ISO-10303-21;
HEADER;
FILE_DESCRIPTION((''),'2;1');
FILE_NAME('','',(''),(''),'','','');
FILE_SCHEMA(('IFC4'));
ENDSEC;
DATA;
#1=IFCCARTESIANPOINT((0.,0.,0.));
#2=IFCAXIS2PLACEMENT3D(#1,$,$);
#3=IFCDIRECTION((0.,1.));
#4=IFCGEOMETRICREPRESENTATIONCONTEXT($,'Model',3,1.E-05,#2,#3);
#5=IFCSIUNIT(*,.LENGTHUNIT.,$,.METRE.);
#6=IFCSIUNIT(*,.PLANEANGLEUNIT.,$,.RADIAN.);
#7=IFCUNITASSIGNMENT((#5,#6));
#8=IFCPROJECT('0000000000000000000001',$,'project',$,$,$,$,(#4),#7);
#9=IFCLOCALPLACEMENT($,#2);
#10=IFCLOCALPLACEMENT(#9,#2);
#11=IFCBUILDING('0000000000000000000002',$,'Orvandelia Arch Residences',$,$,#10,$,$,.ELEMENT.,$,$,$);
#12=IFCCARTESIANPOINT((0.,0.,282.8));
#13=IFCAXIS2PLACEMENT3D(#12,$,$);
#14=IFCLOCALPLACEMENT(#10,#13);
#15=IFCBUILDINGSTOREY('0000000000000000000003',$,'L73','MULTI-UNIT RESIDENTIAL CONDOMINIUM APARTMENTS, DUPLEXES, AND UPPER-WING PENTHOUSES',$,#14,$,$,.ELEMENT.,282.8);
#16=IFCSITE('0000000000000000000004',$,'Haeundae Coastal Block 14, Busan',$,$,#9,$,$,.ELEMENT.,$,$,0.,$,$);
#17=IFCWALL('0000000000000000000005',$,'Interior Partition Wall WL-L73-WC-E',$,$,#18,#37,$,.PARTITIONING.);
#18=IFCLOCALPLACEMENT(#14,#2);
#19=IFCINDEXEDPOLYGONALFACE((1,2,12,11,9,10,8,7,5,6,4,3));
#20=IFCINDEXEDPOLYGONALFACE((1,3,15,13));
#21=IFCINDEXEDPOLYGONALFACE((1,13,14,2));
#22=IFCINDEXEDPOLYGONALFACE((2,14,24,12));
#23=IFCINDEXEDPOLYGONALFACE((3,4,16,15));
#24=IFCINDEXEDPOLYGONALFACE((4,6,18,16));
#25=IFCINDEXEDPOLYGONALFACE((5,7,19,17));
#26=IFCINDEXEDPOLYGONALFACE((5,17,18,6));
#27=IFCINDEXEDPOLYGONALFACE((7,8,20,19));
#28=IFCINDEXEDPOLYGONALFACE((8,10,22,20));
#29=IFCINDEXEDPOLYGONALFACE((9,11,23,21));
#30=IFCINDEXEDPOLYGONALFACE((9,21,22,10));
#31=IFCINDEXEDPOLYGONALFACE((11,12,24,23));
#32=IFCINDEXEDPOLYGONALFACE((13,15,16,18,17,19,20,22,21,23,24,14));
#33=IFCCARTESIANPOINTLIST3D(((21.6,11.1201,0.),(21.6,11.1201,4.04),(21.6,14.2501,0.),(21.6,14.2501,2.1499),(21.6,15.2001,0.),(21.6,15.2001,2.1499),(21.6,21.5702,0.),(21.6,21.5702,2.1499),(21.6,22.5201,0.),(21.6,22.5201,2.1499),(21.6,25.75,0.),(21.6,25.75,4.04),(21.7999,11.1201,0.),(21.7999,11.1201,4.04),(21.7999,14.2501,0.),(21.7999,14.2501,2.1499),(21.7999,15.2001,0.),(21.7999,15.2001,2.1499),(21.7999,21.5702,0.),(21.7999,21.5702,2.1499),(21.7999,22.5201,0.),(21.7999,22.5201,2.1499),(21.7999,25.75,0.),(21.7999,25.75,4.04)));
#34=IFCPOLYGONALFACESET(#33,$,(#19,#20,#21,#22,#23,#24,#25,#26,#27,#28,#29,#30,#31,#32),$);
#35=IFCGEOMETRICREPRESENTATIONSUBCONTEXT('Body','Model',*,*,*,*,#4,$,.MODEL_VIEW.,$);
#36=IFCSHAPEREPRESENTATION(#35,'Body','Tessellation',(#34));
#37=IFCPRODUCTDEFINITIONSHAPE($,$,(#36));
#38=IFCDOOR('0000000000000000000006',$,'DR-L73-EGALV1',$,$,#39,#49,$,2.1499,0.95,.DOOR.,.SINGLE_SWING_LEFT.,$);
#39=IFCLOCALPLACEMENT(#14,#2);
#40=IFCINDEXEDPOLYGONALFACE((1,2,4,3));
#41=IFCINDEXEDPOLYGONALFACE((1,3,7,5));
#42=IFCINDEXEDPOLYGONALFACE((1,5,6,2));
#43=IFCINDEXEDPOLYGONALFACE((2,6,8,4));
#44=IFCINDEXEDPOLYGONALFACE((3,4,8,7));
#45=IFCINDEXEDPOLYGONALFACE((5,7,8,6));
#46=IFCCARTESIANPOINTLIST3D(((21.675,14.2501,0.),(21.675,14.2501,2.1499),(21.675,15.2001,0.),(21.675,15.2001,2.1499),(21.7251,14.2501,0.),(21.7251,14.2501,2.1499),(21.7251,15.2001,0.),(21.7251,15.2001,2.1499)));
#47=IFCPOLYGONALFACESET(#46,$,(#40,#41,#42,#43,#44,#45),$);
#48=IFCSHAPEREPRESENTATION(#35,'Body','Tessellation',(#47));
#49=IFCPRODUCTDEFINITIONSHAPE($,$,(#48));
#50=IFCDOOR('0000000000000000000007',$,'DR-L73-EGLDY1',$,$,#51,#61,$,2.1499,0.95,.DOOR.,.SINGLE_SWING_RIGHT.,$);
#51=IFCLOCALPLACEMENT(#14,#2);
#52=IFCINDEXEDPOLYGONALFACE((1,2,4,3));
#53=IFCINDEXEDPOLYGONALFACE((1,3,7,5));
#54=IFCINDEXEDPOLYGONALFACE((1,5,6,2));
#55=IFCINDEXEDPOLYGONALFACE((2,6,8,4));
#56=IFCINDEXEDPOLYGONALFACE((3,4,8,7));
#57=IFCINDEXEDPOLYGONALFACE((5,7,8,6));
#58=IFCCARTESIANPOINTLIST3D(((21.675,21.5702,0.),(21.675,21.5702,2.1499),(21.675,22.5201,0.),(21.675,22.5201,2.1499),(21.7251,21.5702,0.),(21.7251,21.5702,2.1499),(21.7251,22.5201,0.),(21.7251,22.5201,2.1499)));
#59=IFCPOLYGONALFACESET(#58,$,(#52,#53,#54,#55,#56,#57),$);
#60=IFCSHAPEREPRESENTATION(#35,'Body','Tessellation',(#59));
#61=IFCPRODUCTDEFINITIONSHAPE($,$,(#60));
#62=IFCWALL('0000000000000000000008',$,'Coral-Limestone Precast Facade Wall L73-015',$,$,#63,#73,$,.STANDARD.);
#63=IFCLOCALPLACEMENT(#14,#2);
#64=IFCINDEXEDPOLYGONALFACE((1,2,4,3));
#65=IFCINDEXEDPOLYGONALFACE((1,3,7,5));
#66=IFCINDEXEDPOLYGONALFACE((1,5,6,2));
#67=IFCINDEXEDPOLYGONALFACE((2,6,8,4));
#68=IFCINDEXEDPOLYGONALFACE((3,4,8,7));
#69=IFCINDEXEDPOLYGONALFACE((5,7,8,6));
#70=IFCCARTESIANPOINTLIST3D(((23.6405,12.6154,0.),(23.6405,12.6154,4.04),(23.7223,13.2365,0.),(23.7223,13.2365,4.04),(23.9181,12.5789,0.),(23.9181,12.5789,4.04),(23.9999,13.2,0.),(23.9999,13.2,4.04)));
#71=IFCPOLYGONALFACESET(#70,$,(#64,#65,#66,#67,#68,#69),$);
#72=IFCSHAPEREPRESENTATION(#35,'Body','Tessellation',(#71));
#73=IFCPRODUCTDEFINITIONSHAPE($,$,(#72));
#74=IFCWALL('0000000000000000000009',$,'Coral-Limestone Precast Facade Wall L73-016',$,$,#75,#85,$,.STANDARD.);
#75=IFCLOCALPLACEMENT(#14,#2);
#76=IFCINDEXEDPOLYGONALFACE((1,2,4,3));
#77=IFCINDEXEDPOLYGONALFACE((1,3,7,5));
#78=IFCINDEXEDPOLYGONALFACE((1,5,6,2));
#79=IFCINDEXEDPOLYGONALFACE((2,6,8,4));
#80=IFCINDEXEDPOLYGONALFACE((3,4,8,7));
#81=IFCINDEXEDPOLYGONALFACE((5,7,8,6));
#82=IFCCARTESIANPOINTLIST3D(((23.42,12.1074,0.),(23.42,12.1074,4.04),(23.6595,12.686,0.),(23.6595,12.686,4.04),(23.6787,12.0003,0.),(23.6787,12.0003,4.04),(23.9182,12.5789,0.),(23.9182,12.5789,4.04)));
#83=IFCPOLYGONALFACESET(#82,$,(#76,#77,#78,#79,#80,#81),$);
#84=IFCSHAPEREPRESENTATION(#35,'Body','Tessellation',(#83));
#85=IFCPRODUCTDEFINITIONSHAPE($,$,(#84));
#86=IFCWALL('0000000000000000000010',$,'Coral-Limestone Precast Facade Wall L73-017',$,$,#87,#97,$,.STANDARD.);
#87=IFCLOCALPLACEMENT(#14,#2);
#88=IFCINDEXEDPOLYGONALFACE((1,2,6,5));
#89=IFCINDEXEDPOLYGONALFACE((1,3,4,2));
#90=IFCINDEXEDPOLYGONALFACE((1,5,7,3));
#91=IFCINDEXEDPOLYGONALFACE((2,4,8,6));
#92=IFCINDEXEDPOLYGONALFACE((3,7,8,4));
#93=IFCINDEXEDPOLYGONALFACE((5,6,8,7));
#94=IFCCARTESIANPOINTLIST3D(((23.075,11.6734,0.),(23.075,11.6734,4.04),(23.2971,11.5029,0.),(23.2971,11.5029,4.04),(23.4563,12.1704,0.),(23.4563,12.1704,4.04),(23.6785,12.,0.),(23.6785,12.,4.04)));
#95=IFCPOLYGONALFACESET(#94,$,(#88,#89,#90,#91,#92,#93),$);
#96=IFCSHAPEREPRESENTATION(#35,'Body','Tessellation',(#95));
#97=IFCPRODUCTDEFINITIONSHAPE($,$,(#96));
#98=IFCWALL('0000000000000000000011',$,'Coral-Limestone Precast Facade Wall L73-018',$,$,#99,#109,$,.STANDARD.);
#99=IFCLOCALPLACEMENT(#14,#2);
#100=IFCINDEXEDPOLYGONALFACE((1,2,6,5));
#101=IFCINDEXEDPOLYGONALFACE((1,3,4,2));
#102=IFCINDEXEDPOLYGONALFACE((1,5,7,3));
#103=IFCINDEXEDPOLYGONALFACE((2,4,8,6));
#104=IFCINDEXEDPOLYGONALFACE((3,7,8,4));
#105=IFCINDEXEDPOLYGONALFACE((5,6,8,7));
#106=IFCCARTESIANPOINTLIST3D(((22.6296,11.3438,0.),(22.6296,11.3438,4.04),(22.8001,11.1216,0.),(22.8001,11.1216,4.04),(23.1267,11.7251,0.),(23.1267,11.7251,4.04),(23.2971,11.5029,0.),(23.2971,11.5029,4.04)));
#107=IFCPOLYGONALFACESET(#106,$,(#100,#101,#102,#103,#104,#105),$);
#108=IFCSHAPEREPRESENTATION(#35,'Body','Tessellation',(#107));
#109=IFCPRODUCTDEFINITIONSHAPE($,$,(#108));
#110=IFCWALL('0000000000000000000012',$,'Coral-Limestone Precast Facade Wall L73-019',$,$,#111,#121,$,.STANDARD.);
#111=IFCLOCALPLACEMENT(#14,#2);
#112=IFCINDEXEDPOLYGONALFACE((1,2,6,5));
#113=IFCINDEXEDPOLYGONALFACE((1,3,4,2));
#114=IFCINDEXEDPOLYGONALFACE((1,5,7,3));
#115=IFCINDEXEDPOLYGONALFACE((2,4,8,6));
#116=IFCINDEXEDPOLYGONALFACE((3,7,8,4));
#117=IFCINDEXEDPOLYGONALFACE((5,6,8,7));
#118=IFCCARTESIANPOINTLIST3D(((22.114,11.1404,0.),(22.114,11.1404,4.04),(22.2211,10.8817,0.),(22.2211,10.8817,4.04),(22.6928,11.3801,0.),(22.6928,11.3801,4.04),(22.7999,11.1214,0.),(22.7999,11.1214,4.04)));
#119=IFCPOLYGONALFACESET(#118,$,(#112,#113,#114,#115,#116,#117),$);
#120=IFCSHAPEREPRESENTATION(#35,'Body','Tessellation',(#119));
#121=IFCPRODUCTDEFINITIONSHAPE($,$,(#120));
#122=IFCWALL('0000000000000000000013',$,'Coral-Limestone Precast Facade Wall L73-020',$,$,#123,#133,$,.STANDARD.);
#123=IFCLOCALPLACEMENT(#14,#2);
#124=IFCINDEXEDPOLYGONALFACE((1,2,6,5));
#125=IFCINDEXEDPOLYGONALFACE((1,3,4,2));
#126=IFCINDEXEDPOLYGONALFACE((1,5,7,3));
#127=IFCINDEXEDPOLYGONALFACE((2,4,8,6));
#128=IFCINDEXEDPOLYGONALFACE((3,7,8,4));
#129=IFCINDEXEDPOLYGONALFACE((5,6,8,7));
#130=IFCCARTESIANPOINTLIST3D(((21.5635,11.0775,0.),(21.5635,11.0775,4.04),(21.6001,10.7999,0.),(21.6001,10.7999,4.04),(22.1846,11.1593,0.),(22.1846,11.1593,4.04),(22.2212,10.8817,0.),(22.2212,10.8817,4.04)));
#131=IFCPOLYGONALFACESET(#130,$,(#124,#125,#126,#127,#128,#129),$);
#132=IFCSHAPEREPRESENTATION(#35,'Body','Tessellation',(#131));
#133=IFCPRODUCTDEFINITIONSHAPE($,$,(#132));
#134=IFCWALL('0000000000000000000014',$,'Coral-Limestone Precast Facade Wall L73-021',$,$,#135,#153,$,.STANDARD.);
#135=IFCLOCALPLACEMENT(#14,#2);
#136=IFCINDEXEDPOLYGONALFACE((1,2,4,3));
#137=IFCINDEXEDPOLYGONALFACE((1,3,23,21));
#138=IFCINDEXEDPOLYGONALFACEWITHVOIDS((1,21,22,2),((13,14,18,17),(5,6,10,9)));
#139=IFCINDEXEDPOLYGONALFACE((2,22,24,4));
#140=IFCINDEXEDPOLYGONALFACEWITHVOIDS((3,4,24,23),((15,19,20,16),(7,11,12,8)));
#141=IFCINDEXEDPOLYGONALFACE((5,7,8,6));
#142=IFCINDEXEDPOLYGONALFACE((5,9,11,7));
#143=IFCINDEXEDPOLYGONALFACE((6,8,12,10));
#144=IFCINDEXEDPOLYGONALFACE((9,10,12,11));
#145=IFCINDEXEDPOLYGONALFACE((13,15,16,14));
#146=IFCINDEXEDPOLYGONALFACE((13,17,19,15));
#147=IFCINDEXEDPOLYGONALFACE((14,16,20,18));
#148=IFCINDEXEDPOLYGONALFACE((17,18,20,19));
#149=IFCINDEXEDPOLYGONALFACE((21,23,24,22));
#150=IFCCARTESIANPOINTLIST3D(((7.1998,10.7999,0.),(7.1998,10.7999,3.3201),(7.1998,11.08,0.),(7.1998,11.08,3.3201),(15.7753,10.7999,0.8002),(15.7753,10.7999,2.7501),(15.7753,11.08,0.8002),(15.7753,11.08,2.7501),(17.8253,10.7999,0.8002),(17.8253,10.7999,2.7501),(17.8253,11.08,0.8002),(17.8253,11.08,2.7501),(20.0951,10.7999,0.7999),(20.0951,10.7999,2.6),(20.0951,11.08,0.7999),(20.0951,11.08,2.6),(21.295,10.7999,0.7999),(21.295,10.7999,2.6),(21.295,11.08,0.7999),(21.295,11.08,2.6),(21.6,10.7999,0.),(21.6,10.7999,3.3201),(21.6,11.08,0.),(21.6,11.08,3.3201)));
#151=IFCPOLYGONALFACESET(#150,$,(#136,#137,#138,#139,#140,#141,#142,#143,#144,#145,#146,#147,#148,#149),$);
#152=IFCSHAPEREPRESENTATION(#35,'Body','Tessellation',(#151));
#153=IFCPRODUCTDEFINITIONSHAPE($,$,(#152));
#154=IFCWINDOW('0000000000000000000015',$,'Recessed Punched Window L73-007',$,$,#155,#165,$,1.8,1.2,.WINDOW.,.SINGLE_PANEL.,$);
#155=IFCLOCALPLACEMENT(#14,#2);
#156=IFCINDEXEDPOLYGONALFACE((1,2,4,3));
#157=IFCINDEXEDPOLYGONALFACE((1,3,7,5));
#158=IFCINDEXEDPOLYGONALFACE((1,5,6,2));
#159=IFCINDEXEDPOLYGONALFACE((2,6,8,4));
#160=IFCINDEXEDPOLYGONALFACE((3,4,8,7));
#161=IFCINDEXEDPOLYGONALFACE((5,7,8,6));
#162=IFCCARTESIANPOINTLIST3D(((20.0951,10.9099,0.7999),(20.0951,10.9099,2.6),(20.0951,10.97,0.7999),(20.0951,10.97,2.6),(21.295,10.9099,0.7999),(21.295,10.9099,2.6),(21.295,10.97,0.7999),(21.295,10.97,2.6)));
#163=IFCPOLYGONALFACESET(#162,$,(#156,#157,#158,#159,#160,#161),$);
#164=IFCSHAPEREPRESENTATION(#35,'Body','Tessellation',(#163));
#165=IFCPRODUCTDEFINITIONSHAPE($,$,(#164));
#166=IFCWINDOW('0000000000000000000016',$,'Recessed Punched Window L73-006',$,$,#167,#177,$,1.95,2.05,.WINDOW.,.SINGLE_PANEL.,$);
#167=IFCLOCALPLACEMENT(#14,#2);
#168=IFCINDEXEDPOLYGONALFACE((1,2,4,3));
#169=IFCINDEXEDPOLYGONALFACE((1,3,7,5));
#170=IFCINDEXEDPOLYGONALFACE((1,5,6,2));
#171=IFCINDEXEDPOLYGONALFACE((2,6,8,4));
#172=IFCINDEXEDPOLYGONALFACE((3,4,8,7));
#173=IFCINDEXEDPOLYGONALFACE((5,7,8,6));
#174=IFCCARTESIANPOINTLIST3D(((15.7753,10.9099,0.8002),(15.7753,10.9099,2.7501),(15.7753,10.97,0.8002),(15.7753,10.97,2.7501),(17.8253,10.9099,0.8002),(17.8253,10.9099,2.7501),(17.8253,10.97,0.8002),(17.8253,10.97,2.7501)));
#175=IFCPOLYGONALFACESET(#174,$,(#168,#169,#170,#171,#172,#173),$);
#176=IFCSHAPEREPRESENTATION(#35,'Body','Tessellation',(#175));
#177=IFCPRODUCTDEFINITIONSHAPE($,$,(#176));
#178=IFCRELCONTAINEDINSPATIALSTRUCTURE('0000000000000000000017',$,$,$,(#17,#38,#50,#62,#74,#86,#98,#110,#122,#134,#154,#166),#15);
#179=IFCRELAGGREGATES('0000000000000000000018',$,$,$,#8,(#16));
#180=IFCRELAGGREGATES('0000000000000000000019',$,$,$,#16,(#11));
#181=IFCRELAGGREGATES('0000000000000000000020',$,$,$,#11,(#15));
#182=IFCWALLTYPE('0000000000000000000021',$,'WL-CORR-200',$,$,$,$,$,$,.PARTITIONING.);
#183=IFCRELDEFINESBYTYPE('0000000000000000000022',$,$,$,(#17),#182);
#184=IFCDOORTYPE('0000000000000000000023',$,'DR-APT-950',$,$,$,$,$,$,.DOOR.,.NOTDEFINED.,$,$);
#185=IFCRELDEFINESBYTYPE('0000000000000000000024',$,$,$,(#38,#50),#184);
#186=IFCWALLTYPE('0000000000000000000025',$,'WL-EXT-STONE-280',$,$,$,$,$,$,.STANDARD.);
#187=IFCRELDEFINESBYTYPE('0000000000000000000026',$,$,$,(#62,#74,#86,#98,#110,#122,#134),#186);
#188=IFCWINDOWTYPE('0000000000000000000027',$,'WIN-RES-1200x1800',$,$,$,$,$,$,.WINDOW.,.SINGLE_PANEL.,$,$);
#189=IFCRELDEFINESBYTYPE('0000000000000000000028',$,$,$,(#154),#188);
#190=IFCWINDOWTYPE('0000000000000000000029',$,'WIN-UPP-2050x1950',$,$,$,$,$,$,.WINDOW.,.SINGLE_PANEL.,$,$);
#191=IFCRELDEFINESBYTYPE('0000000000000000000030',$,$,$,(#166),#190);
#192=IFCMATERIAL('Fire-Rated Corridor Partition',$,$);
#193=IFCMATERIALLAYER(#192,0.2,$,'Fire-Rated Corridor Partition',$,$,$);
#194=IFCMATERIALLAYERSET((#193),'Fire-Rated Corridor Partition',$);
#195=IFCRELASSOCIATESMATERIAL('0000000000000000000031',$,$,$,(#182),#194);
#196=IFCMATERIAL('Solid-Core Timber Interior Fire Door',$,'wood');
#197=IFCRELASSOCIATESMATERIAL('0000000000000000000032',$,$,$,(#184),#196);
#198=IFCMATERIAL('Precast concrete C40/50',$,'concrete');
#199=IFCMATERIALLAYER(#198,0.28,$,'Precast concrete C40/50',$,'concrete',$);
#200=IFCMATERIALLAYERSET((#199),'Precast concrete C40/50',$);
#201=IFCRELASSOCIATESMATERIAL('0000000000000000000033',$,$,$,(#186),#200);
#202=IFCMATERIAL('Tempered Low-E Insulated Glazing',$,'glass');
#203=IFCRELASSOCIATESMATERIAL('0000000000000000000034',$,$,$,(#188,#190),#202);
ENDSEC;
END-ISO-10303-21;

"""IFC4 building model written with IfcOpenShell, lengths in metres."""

from ifc_helpers import new_model, si_unit, direction, frame, frame_2d, origin, place, context, subcontext, project, spatial, rectangle, extrude, material, layer, layer_set, type_object, element, fill, save


model = new_model("IFC4")

# Units and contexts
model_context = context("Model", 3, precision=1e-05, world=origin(), true_north=direction((0.0, 1.0)))
body_context = subcontext(model_context, "Body", "Model", "MODEL_VIEW")
ifc_project = project(units=[si_unit("LENGTHUNIT", "METRE"), si_unit("PLANEANGLEUNIT", "RADIAN")], contexts=[model_context])

# Site, building, storey
site_placement = place(None, origin())
site = spatial("IfcSite", under=ifc_project, at=site_placement, Name="Haeundae Coastal Block 14, Busan", CompositionType="ELEMENT", RefElevation=0.0)
building_placement = place(site_placement, origin())
building = spatial("IfcBuilding", under=site, at=building_placement, Name="Orvandelia Arch Residences", CompositionType="ELEMENT")
storey_placement = place(building_placement, frame((0.0, 0.0, 282.8)))
storey = spatial("IfcBuildingStorey", under=building, at=storey_placement, Name="L73", Description="MULTI-UNIT RESIDENTIAL CONDOMINIUM APARTMENTS, DUPLEXES, AND UPPER-WING PENTHOUSES", CompositionType="ELEMENT", Elevation=282.8)

# Wall, openings, doors
ifc_material_1 = material(Name="Fire-Rated Corridor Partition")
ifc_layer_1 = layer(ifc_material_1, 0.2, Name="Fire-Rated Corridor Partition")
ifc_layer_set_1 = layer_set([ifc_layer_1], Name="Fire-Rated Corridor Partition")
wall_type_1 = type_object("IfcWallType", Name="WL-CORR-200", PredefinedType="PARTITIONING", material=ifc_layer_set_1)
wall_1_placement = place(storey_placement, frame((21.7, 11.1201, 0.0), z_axis=(0.0, 0.0, 1.0), x_axis=(0.0, 1.0, 0.0)))
wall_1 = element("IfcWall", 1, at=wall_1_placement, inside=storey, type_object=wall_type_1, Name="Interior Partition Wall WL-L73-WC-E", PredefinedType="PARTITIONING", context=body_context, shape_type="SweptSolid", body=[
    extrude(rectangle(XDim=14.6299, YDim=0.2, at=frame_2d((7.3149, 0.0))), origin(), (0.0, 0.0, 1.0), 4.04),
])
opening_1_placement = place(wall_1_placement, frame((3.1299, 0.0, 0.0)))
opening_1 = element("IfcOpeningElement", 2, at=opening_1_placement, cuts=wall_1, PredefinedType="OPENING", context=body_context, shape_type="SweptSolid", body=[
    extrude(rectangle(XDim=0.95, YDim=2.1499, at=frame_2d((0.4751, 1.075))), frame((0.0, 0.1099, 0.0), z_axis=(0.0, -1.0, 0.0), x_axis=(1.0, 0.0, 0.0)), (0.0, 0.0, 1.0), 0.22),
])
opening_2_placement = place(wall_1_placement, frame((10.45, 0.0, 0.0)))
opening_2 = element("IfcOpeningElement", 3, at=opening_2_placement, cuts=wall_1, PredefinedType="OPENING", context=body_context, shape_type="SweptSolid", body=[
    extrude(rectangle(XDim=0.95, YDim=2.1499, at=frame_2d((0.4751, 1.075))), frame((0.0, 0.1099, 0.0), z_axis=(0.0, -1.0, 0.0), x_axis=(1.0, 0.0, 0.0)), (0.0, 0.0, 1.0), 0.22),
])
ifc_material_2 = material(Name="Solid-Core Timber Interior Fire Door", Category="wood")
door_type_1 = type_object("IfcDoorType", Name="DR-APT-950", OperationType="NOTDEFINED", PredefinedType="DOOR", material=ifc_material_2)
door_1_placement = place(opening_1_placement, origin())
door_1 = element("IfcDoor", 4, at=door_1_placement, inside=storey, type_object=door_type_1, Name="DR-L73-EGALV1", OperationType="SINGLE_SWING_LEFT", OverallHeight=2.1499, OverallWidth=0.95, PredefinedType="DOOR", context=body_context, shape_type="SweptSolid", body=[
    extrude(rectangle(XDim=0.95, YDim=2.1499, at=frame_2d((0.4751, 1.075))), frame((0.0, 0.0249, 0.0), z_axis=(0.0, -1.0, 0.0), x_axis=(1.0, 0.0, 0.0)), (0.0, 0.0, 1.0), 0.05),
])
fill(opening_1, door_1)
door_2_placement = place(opening_2_placement, origin())
door_2 = element("IfcDoor", 5, at=door_2_placement, inside=storey, type_object=door_type_1, Name="DR-L73-EGLDY1", OperationType="SINGLE_SWING_RIGHT", OverallHeight=2.1499, OverallWidth=0.95, PredefinedType="DOOR", context=body_context, shape_type="SweptSolid", body=[
    extrude(rectangle(XDim=0.95, YDim=2.1499, at=frame_2d((0.4751, 1.075))), frame((0.0, 0.0249, 0.0), z_axis=(0.0, -1.0, 0.0), x_axis=(1.0, 0.0, 0.0)), (0.0, 0.0, 1.0), 0.05),
])
fill(opening_2, door_2)

# Walls
ifc_material_3 = material(Name="Precast concrete C40/50", Category="concrete")
ifc_layer_2 = layer(ifc_material_3, 0.28, Name="Precast concrete C40/50", Category="concrete")
ifc_layer_set_2 = layer_set([ifc_layer_2], Name="Precast concrete C40/50")
wall_type_2 = type_object("IfcWallType", Name="WL-EXT-STONE-280", PredefinedType="STANDARD", material=ifc_layer_set_2)
wall_2_placement = place(storey_placement, frame((23.8611, 13.2183, 0.0), z_axis=(0.0, 0.0, 1.0), x_axis=(-0.130555, -0.991441, 0.0)))
element("IfcWall", 6, at=wall_2_placement, inside=storey, type_object=wall_type_2, Name="Coral-Limestone Precast Facade Wall L73-015", PredefinedType="STANDARD", context=body_context, shape_type="SweptSolid", body=[
    extrude(rectangle(XDim=0.6265, YDim=0.28, at=frame_2d((0.3132, 0.0))), origin(), (0.0, 0.0, 1.0), 4.04),
])
wall_3_placement = place(storey_placement, frame((23.7888, 12.6323, 0.0), z_axis=(0.0, 0.0, 1.0), x_axis=(-0.382455, -0.923974, 0.0)))
element("IfcWall", 7, at=wall_3_placement, inside=storey, type_object=wall_type_2, Name="Coral-Limestone Precast Facade Wall L73-016", PredefinedType="STANDARD", context=body_context, shape_type="SweptSolid", body=[
    extrude(rectangle(XDim=0.6262, YDim=0.28, at=frame_2d((0.313, 0.0))), origin(), (0.0, 0.0, 1.0), 4.04),
])
for number, where, z_axis, x_axis, name in (
    (8, (23.5674, 12.0852, 0.0), (0.0, 0.0, 1.0), (-0.608693, -0.793406, 0.0), "Coral-Limestone Precast Facade Wall L73-017"),
    (9, (23.2119, 11.614, 0.0), (0.0, 0.0, 1.0), (-0.793406, -0.608693, 0.0), "Coral-Limestone Precast Facade Wall L73-018"),
    (10, (22.7463, 11.2507, 0.0), (0.0, 0.0, 1.0), (-0.923893, -0.38265, 0.0), "Coral-Limestone Precast Facade Wall L73-019"),
    (11, (22.2029, 11.0205, 0.0), (0.0, 0.0, 1.0), (-0.991441, -0.130555, 0.0), "Coral-Limestone Precast Facade Wall L73-020"),
):
    element("IfcWall", number, at=place(storey_placement, frame(where, z_axis=z_axis, x_axis=x_axis)), inside=storey, type_object=wall_type_2, Name=name, PredefinedType="STANDARD", context=body_context, shape_type="SweptSolid", body=[
        extrude(rectangle(XDim=0.6265, YDim=0.28, at=frame_2d((0.3132, 0.0))), origin(), (0.0, 0.0, 1.0), 4.04),
    ])

# Wall, openings, windows
wall_4_placement = place(storey_placement, frame((21.6001, 10.9399, 0.0), z_axis=(0.0, 0.0, 1.0), x_axis=(-1.0, 0.0, 0.0)))
wall_4 = element("IfcWall", 12, at=wall_4_placement, inside=storey, type_object=wall_type_2, Name="Coral-Limestone Precast Facade Wall L73-021", PredefinedType="STANDARD", context=body_context, shape_type="SweptSolid", body=[
    extrude(rectangle(XDim=14.4001, YDim=0.28, at=frame_2d((7.2002, 0.0))), origin(), (0.0, 0.0, 1.0), 3.3201),
])
opening_3_placement = place(wall_4_placement, frame((3.7749, 0.0, 0.8)))
opening_3 = element("IfcOpeningElement", 13, at=opening_3_placement, cuts=wall_4, PredefinedType="OPENING", context=body_context, shape_type="SweptSolid", body=[
    extrude(rectangle(XDim=2.05, YDim=1.95, at=frame_2d((1.0249, 0.9751))), frame((0.0, 0.1499, 0.0), z_axis=(0.0, -1.0, 0.0), x_axis=(1.0, 0.0, 0.0)), (0.0, 0.0, 1.0), 0.3),
])
opening_4_placement = place(wall_4_placement, frame((0.3049, 0.0, 0.8)))
opening_4 = element("IfcOpeningElement", 14, at=opening_4_placement, cuts=wall_4, PredefinedType="OPENING", context=body_context, shape_type="SweptSolid", body=[
    extrude(rectangle(XDim=1.2, YDim=1.8, at=frame_2d((0.6001, 0.8999))), frame((0.0, 0.1499, 0.0), z_axis=(0.0, -1.0, 0.0), x_axis=(1.0, 0.0, 0.0)), (0.0, 0.0, 1.0), 0.3),
])
ifc_material_4 = material(Name="Tempered Low-E Insulated Glazing", Category="glass")
window_type_1 = type_object("IfcWindowType", Name="WIN-RES-1200x1800", PartitioningType="SINGLE_PANEL", PredefinedType="WINDOW", material=ifc_material_4)
window_1_placement = place(opening_4_placement, origin())
window_1 = element("IfcWindow", 15, at=window_1_placement, inside=storey, type_object=window_type_1, Name="Recessed Punched Window L73-007", OverallHeight=1.8, OverallWidth=1.2, PartitioningType="SINGLE_PANEL", PredefinedType="WINDOW", context=body_context, shape_type="SweptSolid", body=[
    extrude(rectangle(XDim=1.2, YDim=1.8, at=frame_2d((0.6001, 0.8999))), frame((0.0, 0.03, 0.0), z_axis=(0.0, -1.0, 0.0), x_axis=(1.0, 0.0, 0.0)), (0.0, 0.0, 1.0), 0.0601),
])
fill(opening_4, window_1)
window_type_2 = type_object("IfcWindowType", Name="WIN-UPP-2050x1950", PartitioningType="SINGLE_PANEL", PredefinedType="WINDOW", material=ifc_material_4)
window_2_placement = place(opening_3_placement, origin())
window_2 = element("IfcWindow", 16, at=window_2_placement, inside=storey, type_object=window_type_2, Name="Recessed Punched Window L73-006", OverallHeight=1.95, OverallWidth=2.05, PartitioningType="SINGLE_PANEL", PredefinedType="WINDOW", context=body_context, shape_type="SweptSolid", body=[
    extrude(rectangle(XDim=2.05, YDim=1.95, at=frame_2d((1.0249, 0.9751))), frame((0.0, 0.03, 0.0), z_axis=(0.0, -1.0, 0.0), x_axis=(1.0, 0.0, 0.0)), (0.0, 0.0, 1.0), 0.0601),
])
fill(opening_3, window_2)

save(model, "model.ifc")
